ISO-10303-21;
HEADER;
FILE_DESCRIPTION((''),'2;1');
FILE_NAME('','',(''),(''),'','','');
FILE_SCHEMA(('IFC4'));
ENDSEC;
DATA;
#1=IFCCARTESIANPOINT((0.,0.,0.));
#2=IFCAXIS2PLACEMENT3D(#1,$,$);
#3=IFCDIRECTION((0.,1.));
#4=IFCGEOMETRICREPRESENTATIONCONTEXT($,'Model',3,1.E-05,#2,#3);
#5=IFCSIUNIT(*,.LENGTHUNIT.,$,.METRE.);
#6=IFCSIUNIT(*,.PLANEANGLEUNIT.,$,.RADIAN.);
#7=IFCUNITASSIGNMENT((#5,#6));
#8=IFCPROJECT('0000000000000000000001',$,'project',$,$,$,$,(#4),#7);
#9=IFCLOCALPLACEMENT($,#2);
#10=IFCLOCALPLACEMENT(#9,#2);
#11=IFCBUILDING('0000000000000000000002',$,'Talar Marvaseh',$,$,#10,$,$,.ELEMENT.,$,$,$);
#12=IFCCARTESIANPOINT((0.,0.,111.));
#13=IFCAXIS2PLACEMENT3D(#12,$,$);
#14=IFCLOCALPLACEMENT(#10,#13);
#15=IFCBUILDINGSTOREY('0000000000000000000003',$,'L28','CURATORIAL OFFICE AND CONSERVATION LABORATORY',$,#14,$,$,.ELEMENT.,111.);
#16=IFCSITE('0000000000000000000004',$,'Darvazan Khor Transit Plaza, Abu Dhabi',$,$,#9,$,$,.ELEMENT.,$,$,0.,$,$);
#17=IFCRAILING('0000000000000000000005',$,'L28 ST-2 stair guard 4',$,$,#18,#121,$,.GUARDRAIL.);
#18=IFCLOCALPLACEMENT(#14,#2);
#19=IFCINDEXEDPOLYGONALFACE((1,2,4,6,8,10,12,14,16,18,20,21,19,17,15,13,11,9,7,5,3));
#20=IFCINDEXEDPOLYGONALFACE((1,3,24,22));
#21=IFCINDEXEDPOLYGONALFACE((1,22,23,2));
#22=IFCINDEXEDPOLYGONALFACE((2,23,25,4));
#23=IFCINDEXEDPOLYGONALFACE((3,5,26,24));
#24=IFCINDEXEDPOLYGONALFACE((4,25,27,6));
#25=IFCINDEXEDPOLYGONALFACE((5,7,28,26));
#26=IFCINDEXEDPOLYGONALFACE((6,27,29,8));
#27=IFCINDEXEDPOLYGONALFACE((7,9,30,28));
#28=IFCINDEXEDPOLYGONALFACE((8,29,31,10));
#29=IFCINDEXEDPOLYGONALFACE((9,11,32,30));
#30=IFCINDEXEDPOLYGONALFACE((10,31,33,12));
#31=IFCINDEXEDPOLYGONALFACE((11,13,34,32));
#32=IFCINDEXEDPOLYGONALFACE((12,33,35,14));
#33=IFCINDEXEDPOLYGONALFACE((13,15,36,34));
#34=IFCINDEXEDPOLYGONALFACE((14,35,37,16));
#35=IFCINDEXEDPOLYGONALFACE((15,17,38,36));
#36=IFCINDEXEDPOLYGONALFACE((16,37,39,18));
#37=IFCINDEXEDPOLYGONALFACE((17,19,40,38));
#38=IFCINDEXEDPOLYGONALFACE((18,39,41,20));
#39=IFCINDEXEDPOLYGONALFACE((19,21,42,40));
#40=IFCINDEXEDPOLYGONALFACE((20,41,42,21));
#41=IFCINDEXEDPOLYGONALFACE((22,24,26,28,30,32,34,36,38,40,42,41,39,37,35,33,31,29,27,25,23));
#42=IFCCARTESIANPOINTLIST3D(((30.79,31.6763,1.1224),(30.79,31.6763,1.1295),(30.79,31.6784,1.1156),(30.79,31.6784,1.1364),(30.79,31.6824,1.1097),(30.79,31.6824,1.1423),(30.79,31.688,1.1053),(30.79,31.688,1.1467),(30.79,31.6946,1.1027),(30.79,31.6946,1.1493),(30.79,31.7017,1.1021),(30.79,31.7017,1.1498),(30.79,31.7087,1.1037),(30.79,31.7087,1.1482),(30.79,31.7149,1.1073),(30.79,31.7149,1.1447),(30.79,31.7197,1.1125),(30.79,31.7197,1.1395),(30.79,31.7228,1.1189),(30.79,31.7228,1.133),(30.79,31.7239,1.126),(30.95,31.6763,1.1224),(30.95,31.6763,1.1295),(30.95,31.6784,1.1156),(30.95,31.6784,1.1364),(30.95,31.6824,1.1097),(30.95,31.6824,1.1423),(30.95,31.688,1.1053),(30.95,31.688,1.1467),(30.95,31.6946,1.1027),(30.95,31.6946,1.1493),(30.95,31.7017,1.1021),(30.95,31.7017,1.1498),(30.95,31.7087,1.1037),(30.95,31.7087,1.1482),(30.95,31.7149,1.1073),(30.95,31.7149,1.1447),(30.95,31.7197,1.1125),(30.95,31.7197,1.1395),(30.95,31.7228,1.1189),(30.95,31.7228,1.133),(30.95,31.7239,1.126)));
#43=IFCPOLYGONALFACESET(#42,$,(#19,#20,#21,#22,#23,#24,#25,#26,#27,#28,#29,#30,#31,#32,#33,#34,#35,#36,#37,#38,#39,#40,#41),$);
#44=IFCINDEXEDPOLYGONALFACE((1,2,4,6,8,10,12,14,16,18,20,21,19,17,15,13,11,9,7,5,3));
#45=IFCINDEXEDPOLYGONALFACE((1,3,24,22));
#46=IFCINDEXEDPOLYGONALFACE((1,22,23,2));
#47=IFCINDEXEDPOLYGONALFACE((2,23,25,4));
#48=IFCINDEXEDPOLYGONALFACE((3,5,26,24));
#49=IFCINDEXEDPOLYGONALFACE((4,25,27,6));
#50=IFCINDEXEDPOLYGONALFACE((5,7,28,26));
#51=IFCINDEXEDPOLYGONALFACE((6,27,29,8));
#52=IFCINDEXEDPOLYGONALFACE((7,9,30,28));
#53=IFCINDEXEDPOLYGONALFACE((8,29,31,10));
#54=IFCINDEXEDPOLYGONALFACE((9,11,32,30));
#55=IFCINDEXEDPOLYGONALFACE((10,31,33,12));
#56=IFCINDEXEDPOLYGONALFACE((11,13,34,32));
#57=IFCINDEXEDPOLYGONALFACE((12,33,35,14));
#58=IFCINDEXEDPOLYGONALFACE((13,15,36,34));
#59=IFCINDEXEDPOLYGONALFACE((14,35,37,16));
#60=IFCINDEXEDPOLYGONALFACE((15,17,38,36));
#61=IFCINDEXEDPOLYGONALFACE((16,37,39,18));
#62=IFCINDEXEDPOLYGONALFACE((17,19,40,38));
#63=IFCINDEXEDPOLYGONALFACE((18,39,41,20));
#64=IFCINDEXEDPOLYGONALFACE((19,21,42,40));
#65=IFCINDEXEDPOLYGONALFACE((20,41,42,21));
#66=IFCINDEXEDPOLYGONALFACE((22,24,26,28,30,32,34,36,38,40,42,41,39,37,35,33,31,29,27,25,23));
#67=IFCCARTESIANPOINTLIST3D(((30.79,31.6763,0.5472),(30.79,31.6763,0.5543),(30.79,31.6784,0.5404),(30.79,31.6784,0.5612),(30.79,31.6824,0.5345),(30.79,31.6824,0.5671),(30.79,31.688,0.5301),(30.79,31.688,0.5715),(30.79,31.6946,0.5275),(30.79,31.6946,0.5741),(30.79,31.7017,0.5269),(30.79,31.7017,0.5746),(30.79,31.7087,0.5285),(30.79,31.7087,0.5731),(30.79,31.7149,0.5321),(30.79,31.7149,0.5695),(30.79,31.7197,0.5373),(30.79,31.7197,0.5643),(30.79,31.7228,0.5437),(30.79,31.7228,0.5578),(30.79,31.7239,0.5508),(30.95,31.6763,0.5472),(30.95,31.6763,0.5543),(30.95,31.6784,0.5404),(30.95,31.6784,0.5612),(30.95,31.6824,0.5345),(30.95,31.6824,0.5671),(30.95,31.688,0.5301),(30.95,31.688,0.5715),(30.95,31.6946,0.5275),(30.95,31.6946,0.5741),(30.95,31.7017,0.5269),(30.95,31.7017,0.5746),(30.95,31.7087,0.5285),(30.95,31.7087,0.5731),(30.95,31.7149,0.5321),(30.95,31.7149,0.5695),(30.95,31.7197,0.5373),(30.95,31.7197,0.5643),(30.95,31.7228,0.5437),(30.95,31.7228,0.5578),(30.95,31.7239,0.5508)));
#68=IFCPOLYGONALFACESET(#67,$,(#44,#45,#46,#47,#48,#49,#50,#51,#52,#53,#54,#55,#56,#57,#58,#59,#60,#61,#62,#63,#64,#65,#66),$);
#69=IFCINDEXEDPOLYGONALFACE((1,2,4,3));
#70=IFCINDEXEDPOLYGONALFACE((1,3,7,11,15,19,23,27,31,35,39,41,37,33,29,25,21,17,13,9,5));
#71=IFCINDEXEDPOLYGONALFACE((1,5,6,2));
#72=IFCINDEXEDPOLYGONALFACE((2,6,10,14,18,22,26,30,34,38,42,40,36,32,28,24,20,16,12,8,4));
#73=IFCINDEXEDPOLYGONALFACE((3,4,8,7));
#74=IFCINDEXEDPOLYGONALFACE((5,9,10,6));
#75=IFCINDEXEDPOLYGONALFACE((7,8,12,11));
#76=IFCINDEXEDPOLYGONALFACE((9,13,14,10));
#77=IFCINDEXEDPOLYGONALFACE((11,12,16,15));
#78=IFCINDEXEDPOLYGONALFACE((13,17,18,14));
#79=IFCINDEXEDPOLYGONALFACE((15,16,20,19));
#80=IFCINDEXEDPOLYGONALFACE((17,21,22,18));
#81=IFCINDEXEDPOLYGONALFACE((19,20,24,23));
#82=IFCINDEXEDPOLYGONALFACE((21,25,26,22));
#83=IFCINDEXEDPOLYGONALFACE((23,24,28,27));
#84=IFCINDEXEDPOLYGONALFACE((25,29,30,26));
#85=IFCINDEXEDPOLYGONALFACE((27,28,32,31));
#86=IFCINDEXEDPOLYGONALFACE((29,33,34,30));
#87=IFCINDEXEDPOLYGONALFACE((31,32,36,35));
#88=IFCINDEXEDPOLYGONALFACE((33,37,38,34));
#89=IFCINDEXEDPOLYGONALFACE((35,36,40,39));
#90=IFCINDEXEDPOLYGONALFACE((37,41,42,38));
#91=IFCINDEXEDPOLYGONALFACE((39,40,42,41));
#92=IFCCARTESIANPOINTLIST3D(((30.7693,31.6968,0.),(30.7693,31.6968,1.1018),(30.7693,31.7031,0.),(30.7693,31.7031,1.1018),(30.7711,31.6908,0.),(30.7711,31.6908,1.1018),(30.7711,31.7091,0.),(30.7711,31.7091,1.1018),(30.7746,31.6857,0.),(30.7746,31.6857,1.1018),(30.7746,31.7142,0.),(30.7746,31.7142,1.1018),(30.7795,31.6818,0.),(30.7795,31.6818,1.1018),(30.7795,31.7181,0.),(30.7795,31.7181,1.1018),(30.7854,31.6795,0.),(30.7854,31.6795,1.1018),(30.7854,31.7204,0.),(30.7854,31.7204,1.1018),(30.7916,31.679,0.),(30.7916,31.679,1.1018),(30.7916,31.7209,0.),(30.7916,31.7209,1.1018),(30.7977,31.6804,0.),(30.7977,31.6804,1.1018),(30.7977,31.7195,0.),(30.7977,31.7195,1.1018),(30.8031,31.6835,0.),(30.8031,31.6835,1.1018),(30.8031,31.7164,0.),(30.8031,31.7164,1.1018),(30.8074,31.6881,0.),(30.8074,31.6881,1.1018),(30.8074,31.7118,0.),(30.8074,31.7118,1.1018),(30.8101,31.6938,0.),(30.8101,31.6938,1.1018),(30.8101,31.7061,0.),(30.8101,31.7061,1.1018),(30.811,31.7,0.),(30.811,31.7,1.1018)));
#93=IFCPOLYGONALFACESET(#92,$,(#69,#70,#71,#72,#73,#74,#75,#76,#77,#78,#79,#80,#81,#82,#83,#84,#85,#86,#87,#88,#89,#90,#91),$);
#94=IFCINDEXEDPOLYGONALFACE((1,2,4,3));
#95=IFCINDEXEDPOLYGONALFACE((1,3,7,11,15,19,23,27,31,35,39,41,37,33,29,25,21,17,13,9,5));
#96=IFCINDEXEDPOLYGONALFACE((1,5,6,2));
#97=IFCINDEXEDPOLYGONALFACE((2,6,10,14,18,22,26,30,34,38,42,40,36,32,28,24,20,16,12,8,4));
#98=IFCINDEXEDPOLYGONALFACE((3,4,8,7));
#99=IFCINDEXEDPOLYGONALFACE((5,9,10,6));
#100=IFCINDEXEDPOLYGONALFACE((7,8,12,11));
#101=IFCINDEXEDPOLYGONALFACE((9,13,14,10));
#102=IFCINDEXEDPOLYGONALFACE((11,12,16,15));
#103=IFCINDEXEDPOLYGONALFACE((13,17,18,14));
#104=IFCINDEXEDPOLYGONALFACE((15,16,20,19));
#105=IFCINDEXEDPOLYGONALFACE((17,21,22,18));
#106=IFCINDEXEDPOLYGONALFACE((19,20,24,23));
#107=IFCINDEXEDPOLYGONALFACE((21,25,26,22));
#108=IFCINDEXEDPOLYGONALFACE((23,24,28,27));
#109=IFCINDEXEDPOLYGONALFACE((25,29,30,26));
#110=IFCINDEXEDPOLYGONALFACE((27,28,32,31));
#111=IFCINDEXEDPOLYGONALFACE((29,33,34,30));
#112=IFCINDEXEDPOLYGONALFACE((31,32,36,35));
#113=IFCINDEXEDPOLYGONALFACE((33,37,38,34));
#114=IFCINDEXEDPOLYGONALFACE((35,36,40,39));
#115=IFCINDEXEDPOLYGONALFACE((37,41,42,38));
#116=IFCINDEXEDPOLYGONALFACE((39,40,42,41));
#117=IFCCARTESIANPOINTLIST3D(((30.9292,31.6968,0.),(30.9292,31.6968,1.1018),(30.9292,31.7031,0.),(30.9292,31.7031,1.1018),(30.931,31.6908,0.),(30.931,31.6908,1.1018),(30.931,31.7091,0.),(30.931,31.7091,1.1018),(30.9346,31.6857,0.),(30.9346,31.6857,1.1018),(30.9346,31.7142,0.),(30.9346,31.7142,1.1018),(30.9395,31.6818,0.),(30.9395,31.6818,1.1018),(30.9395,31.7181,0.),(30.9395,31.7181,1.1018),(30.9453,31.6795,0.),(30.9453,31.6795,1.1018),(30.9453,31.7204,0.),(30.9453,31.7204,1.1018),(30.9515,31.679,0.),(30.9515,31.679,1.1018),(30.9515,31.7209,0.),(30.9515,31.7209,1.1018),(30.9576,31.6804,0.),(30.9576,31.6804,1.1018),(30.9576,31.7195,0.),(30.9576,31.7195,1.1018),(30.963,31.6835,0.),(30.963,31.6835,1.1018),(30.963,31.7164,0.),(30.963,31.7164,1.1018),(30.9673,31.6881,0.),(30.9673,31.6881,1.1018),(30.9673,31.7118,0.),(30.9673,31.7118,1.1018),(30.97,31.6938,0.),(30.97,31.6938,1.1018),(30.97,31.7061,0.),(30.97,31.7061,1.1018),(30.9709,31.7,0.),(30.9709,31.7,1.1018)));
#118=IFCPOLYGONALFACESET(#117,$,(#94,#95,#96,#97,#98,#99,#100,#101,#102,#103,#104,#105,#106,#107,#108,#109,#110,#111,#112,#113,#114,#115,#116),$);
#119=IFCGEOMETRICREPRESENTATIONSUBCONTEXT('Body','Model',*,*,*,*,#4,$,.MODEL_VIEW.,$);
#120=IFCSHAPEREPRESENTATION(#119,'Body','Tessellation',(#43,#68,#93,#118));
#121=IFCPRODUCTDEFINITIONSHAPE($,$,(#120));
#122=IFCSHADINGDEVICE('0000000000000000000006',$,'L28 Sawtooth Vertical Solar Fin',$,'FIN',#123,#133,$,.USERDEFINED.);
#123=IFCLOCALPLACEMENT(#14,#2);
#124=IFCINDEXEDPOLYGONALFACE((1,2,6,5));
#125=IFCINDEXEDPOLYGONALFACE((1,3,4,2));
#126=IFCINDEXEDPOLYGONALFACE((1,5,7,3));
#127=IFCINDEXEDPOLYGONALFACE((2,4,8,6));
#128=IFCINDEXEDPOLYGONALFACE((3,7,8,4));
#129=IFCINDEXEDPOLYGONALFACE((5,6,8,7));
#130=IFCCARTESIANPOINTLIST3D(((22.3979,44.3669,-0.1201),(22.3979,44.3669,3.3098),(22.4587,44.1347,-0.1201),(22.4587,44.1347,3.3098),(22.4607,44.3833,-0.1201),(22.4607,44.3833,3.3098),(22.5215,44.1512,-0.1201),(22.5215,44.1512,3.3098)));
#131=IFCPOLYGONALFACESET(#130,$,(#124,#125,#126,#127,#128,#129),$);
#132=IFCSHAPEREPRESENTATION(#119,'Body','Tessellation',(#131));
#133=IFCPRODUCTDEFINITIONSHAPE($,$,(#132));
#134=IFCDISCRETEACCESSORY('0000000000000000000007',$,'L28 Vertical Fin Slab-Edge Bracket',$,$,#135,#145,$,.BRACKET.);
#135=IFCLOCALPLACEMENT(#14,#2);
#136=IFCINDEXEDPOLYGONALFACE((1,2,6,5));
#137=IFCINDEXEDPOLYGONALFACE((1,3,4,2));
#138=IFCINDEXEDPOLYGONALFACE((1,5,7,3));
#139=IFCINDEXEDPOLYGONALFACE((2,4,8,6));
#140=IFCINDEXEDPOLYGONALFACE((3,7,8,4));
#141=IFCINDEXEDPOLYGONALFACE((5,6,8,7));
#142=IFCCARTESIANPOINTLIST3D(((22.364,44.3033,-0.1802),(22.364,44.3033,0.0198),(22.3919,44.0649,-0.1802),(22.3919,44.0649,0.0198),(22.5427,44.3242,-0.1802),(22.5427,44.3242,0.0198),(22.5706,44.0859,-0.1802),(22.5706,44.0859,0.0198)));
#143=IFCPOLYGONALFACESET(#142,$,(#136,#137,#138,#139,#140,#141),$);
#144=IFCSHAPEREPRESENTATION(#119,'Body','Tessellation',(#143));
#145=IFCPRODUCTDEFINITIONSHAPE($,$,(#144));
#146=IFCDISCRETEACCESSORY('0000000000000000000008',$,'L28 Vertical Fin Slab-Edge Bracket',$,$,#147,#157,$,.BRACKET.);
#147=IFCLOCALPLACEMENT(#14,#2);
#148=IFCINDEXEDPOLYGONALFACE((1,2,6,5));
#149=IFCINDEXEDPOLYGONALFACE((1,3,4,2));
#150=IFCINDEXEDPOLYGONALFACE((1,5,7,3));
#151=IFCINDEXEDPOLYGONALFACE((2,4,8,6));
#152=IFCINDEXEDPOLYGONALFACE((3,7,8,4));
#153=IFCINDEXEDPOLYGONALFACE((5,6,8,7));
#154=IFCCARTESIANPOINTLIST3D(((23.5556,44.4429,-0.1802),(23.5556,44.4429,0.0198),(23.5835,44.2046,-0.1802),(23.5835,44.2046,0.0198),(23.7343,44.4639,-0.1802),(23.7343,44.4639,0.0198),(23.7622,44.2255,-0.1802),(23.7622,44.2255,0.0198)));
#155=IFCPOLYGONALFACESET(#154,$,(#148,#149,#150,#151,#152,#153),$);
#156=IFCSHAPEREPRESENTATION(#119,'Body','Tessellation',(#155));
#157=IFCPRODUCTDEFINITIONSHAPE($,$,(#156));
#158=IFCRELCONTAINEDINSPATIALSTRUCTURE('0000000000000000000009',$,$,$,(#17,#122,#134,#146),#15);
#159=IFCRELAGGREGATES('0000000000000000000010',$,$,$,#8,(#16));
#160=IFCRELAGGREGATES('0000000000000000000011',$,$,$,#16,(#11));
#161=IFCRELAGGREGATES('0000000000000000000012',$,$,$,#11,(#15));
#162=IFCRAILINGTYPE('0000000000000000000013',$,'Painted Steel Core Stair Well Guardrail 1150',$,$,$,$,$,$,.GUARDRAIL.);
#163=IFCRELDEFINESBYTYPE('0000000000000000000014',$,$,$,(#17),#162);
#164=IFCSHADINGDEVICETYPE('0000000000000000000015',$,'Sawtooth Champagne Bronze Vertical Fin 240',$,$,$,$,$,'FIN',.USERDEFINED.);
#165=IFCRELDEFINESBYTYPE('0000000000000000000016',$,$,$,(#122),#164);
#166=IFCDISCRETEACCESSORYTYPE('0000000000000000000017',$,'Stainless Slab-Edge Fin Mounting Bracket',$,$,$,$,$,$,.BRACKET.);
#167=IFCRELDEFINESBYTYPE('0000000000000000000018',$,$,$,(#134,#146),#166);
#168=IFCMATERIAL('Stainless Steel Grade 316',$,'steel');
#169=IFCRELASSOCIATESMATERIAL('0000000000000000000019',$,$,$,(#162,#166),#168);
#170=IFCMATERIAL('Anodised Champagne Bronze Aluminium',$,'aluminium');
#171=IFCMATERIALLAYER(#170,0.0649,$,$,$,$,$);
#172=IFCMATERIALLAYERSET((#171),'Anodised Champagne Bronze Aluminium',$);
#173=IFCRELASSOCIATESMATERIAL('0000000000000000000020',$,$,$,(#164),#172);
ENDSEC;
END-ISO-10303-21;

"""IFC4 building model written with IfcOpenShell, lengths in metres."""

from ifc_helpers import new_model, si_unit, direction, frame, origin, origin_2d, place, context, subcontext, project, spatial, rectangle, circle, extrude, source, transform, mapped, material, layer, layer_set, type_object, type_shapes, element, save


model = new_model("IFC4")

# Units and contexts
model_context = context("Model", 3, precision=1e-05, world=origin(), true_north=direction((0.0, 1.0)))
body_context = subcontext(model_context, "Body", "Model", "MODEL_VIEW")
ifc_project = project(units=[si_unit("LENGTHUNIT", "METRE"), si_unit("PLANEANGLEUNIT", "RADIAN")], contexts=[model_context])

# Site, building, storey
site_placement = place(None, origin())
site = spatial("IfcSite", under=ifc_project, at=site_placement, Name="Darvazan Khor Transit Plaza, Abu Dhabi", CompositionType="ELEMENT", RefElevation=0.0)
building_placement = place(site_placement, origin())
building = spatial("IfcBuilding", under=site, at=building_placement, Name="Talar Marvaseh", CompositionType="ELEMENT")
storey_placement = place(building_placement, frame((0.0, 0.0, 111.0)))
storey = spatial("IfcBuildingStorey", under=building, at=storey_placement, Name="L28", Description="CURATORIAL OFFICE AND CONSERVATION LABORATORY", CompositionType="ELEMENT", Elevation=111.0)

# Shared definitions
ifc_material_1 = material(Name="Stainless Steel Grade 316", Category="steel")

# Railing
railing_type_1 = type_object("IfcRailingType", Name="Painted Steel Core Stair Well Guardrail 1150", PredefinedType="GUARDRAIL", material=ifc_material_1)
railing_1_placement = place(storey_placement, frame((30.79, 31.7, 0.0)))
element("IfcRailing", 1, at=railing_1_placement, inside=storey, type_object=railing_type_1, Name="L28 ST-2 stair guard 4", PredefinedType="GUARDRAIL", context=body_context, shape_type="SweptSolid", body=[
    extrude(circle(Radius=0.0239, at=origin_2d()), frame((0.0, 0.0, 1.126), z_axis=(1.0, 0.0, 0.0), x_axis=(0.0, 1.0, 0.0)), (0.0, 0.0, 1.0), 0.1599),
    extrude(circle(Radius=0.0239, at=origin_2d()), frame((0.0, 0.0, 0.5508), z_axis=(1.0, 0.0, 0.0), x_axis=(0.0, 1.0, 0.0)), (0.0, 0.0, 1.0), 0.1599),
    extrude(circle(Radius=0.021, at=origin_2d()), origin(), (0.0, 0.0, 1.0), 1.1018),
    extrude(circle(Radius=0.021, at=origin_2d()), frame((0.1599, 0.0, 0.0)), (0.0, 0.0, 1.0), 1.1018),
])

# Shading device
ifc_material_2 = material(Name="Anodised Champagne Bronze Aluminium", Category="aluminium")
ifc_layer_1 = layer(ifc_material_2, 0.0649)
ifc_layer_set_1 = layer_set([ifc_layer_1], Name="Anodised Champagne Bronze Aluminium")
shading_device_type = type_object("IfcShadingDeviceType", Name="Sawtooth Champagne Bronze Vertical Fin 240", ElementType="FIN", PredefinedType="USERDEFINED", material=ifc_layer_set_1)
shared_shape_1 = source(origin(), body_context, "Body", "SweptSolid", [
    extrude(rectangle(XDim=0.24, YDim=0.0649, at=origin_2d()), origin(), (0.0, 0.0, 1.0), 3.4299),
])
type_shapes(shading_device_type, [shared_shape_1])
shading_device_placement = place(storey_placement, frame((22.4597, 44.259, -0.1201), z_axis=(0.0, 0.0, 1.0), x_axis=(-0.25342, 0.967356, 0.0)))
element("IfcShadingDevice", 2, at=shading_device_placement, inside=storey, type_object=shading_device_type, Name="L28 Sawtooth Vertical Solar Fin", ObjectType="FIN", PredefinedType="USERDEFINED", context=body_context, shape_type="MappedRepresentation", body=[
    mapped(shared_shape_1, transform((0.0, 0.0, 0.0), x_axis=(1.0, 0.0, 0.0), y_axis=(0.0, 1.0, 0.0), z_axis=(0.0, 0.0, 1.0), scale=1.0)),
])

# Discrete accessories
discrete_accessory_type = type_object("IfcDiscreteAccessoryType", Name="Stainless Slab-Edge Fin Mounting Bracket", PredefinedType="BRACKET", material=ifc_material_1)
shared_shape_2 = source(origin(), body_context, "Body", "SweptSolid", [
    extrude(rectangle(XDim=0.24, YDim=0.1799, at=origin_2d()), origin(), (0.0, 0.0, 1.0), 0.2),
])
type_shapes(discrete_accessory_type, [shared_shape_2])
for number, where, z_axis, x_axis, name in (
    (3, (22.4673, 44.1946, -0.1802), (0.0, 0.0, 1.0), (-0.116324, 0.993211, 0.0), "L28 Vertical Fin Slab-Edge Bracket"),
    (4, (23.6589, 44.3342, -0.1802), (0.0, 0.0, 1.0), (-0.116324, 0.993211, 0.0), "L28 Vertical Fin Slab-Edge Bracket"),
):
    element("IfcDiscreteAccessory", number, at=place(storey_placement, frame(where, z_axis=z_axis, x_axis=x_axis)), inside=storey, type_object=discrete_accessory_type, Name=name, PredefinedType="BRACKET", context=body_context, shape_type="MappedRepresentation", body=[
        mapped(shared_shape_2, transform((0.0, 0.0, 0.0), x_axis=(1.0, 0.0, 0.0), y_axis=(0.0, 1.0, 0.0), z_axis=(0.0, 0.0, 1.0), scale=1.0)),
    ])

save(model, "model.ifc")
